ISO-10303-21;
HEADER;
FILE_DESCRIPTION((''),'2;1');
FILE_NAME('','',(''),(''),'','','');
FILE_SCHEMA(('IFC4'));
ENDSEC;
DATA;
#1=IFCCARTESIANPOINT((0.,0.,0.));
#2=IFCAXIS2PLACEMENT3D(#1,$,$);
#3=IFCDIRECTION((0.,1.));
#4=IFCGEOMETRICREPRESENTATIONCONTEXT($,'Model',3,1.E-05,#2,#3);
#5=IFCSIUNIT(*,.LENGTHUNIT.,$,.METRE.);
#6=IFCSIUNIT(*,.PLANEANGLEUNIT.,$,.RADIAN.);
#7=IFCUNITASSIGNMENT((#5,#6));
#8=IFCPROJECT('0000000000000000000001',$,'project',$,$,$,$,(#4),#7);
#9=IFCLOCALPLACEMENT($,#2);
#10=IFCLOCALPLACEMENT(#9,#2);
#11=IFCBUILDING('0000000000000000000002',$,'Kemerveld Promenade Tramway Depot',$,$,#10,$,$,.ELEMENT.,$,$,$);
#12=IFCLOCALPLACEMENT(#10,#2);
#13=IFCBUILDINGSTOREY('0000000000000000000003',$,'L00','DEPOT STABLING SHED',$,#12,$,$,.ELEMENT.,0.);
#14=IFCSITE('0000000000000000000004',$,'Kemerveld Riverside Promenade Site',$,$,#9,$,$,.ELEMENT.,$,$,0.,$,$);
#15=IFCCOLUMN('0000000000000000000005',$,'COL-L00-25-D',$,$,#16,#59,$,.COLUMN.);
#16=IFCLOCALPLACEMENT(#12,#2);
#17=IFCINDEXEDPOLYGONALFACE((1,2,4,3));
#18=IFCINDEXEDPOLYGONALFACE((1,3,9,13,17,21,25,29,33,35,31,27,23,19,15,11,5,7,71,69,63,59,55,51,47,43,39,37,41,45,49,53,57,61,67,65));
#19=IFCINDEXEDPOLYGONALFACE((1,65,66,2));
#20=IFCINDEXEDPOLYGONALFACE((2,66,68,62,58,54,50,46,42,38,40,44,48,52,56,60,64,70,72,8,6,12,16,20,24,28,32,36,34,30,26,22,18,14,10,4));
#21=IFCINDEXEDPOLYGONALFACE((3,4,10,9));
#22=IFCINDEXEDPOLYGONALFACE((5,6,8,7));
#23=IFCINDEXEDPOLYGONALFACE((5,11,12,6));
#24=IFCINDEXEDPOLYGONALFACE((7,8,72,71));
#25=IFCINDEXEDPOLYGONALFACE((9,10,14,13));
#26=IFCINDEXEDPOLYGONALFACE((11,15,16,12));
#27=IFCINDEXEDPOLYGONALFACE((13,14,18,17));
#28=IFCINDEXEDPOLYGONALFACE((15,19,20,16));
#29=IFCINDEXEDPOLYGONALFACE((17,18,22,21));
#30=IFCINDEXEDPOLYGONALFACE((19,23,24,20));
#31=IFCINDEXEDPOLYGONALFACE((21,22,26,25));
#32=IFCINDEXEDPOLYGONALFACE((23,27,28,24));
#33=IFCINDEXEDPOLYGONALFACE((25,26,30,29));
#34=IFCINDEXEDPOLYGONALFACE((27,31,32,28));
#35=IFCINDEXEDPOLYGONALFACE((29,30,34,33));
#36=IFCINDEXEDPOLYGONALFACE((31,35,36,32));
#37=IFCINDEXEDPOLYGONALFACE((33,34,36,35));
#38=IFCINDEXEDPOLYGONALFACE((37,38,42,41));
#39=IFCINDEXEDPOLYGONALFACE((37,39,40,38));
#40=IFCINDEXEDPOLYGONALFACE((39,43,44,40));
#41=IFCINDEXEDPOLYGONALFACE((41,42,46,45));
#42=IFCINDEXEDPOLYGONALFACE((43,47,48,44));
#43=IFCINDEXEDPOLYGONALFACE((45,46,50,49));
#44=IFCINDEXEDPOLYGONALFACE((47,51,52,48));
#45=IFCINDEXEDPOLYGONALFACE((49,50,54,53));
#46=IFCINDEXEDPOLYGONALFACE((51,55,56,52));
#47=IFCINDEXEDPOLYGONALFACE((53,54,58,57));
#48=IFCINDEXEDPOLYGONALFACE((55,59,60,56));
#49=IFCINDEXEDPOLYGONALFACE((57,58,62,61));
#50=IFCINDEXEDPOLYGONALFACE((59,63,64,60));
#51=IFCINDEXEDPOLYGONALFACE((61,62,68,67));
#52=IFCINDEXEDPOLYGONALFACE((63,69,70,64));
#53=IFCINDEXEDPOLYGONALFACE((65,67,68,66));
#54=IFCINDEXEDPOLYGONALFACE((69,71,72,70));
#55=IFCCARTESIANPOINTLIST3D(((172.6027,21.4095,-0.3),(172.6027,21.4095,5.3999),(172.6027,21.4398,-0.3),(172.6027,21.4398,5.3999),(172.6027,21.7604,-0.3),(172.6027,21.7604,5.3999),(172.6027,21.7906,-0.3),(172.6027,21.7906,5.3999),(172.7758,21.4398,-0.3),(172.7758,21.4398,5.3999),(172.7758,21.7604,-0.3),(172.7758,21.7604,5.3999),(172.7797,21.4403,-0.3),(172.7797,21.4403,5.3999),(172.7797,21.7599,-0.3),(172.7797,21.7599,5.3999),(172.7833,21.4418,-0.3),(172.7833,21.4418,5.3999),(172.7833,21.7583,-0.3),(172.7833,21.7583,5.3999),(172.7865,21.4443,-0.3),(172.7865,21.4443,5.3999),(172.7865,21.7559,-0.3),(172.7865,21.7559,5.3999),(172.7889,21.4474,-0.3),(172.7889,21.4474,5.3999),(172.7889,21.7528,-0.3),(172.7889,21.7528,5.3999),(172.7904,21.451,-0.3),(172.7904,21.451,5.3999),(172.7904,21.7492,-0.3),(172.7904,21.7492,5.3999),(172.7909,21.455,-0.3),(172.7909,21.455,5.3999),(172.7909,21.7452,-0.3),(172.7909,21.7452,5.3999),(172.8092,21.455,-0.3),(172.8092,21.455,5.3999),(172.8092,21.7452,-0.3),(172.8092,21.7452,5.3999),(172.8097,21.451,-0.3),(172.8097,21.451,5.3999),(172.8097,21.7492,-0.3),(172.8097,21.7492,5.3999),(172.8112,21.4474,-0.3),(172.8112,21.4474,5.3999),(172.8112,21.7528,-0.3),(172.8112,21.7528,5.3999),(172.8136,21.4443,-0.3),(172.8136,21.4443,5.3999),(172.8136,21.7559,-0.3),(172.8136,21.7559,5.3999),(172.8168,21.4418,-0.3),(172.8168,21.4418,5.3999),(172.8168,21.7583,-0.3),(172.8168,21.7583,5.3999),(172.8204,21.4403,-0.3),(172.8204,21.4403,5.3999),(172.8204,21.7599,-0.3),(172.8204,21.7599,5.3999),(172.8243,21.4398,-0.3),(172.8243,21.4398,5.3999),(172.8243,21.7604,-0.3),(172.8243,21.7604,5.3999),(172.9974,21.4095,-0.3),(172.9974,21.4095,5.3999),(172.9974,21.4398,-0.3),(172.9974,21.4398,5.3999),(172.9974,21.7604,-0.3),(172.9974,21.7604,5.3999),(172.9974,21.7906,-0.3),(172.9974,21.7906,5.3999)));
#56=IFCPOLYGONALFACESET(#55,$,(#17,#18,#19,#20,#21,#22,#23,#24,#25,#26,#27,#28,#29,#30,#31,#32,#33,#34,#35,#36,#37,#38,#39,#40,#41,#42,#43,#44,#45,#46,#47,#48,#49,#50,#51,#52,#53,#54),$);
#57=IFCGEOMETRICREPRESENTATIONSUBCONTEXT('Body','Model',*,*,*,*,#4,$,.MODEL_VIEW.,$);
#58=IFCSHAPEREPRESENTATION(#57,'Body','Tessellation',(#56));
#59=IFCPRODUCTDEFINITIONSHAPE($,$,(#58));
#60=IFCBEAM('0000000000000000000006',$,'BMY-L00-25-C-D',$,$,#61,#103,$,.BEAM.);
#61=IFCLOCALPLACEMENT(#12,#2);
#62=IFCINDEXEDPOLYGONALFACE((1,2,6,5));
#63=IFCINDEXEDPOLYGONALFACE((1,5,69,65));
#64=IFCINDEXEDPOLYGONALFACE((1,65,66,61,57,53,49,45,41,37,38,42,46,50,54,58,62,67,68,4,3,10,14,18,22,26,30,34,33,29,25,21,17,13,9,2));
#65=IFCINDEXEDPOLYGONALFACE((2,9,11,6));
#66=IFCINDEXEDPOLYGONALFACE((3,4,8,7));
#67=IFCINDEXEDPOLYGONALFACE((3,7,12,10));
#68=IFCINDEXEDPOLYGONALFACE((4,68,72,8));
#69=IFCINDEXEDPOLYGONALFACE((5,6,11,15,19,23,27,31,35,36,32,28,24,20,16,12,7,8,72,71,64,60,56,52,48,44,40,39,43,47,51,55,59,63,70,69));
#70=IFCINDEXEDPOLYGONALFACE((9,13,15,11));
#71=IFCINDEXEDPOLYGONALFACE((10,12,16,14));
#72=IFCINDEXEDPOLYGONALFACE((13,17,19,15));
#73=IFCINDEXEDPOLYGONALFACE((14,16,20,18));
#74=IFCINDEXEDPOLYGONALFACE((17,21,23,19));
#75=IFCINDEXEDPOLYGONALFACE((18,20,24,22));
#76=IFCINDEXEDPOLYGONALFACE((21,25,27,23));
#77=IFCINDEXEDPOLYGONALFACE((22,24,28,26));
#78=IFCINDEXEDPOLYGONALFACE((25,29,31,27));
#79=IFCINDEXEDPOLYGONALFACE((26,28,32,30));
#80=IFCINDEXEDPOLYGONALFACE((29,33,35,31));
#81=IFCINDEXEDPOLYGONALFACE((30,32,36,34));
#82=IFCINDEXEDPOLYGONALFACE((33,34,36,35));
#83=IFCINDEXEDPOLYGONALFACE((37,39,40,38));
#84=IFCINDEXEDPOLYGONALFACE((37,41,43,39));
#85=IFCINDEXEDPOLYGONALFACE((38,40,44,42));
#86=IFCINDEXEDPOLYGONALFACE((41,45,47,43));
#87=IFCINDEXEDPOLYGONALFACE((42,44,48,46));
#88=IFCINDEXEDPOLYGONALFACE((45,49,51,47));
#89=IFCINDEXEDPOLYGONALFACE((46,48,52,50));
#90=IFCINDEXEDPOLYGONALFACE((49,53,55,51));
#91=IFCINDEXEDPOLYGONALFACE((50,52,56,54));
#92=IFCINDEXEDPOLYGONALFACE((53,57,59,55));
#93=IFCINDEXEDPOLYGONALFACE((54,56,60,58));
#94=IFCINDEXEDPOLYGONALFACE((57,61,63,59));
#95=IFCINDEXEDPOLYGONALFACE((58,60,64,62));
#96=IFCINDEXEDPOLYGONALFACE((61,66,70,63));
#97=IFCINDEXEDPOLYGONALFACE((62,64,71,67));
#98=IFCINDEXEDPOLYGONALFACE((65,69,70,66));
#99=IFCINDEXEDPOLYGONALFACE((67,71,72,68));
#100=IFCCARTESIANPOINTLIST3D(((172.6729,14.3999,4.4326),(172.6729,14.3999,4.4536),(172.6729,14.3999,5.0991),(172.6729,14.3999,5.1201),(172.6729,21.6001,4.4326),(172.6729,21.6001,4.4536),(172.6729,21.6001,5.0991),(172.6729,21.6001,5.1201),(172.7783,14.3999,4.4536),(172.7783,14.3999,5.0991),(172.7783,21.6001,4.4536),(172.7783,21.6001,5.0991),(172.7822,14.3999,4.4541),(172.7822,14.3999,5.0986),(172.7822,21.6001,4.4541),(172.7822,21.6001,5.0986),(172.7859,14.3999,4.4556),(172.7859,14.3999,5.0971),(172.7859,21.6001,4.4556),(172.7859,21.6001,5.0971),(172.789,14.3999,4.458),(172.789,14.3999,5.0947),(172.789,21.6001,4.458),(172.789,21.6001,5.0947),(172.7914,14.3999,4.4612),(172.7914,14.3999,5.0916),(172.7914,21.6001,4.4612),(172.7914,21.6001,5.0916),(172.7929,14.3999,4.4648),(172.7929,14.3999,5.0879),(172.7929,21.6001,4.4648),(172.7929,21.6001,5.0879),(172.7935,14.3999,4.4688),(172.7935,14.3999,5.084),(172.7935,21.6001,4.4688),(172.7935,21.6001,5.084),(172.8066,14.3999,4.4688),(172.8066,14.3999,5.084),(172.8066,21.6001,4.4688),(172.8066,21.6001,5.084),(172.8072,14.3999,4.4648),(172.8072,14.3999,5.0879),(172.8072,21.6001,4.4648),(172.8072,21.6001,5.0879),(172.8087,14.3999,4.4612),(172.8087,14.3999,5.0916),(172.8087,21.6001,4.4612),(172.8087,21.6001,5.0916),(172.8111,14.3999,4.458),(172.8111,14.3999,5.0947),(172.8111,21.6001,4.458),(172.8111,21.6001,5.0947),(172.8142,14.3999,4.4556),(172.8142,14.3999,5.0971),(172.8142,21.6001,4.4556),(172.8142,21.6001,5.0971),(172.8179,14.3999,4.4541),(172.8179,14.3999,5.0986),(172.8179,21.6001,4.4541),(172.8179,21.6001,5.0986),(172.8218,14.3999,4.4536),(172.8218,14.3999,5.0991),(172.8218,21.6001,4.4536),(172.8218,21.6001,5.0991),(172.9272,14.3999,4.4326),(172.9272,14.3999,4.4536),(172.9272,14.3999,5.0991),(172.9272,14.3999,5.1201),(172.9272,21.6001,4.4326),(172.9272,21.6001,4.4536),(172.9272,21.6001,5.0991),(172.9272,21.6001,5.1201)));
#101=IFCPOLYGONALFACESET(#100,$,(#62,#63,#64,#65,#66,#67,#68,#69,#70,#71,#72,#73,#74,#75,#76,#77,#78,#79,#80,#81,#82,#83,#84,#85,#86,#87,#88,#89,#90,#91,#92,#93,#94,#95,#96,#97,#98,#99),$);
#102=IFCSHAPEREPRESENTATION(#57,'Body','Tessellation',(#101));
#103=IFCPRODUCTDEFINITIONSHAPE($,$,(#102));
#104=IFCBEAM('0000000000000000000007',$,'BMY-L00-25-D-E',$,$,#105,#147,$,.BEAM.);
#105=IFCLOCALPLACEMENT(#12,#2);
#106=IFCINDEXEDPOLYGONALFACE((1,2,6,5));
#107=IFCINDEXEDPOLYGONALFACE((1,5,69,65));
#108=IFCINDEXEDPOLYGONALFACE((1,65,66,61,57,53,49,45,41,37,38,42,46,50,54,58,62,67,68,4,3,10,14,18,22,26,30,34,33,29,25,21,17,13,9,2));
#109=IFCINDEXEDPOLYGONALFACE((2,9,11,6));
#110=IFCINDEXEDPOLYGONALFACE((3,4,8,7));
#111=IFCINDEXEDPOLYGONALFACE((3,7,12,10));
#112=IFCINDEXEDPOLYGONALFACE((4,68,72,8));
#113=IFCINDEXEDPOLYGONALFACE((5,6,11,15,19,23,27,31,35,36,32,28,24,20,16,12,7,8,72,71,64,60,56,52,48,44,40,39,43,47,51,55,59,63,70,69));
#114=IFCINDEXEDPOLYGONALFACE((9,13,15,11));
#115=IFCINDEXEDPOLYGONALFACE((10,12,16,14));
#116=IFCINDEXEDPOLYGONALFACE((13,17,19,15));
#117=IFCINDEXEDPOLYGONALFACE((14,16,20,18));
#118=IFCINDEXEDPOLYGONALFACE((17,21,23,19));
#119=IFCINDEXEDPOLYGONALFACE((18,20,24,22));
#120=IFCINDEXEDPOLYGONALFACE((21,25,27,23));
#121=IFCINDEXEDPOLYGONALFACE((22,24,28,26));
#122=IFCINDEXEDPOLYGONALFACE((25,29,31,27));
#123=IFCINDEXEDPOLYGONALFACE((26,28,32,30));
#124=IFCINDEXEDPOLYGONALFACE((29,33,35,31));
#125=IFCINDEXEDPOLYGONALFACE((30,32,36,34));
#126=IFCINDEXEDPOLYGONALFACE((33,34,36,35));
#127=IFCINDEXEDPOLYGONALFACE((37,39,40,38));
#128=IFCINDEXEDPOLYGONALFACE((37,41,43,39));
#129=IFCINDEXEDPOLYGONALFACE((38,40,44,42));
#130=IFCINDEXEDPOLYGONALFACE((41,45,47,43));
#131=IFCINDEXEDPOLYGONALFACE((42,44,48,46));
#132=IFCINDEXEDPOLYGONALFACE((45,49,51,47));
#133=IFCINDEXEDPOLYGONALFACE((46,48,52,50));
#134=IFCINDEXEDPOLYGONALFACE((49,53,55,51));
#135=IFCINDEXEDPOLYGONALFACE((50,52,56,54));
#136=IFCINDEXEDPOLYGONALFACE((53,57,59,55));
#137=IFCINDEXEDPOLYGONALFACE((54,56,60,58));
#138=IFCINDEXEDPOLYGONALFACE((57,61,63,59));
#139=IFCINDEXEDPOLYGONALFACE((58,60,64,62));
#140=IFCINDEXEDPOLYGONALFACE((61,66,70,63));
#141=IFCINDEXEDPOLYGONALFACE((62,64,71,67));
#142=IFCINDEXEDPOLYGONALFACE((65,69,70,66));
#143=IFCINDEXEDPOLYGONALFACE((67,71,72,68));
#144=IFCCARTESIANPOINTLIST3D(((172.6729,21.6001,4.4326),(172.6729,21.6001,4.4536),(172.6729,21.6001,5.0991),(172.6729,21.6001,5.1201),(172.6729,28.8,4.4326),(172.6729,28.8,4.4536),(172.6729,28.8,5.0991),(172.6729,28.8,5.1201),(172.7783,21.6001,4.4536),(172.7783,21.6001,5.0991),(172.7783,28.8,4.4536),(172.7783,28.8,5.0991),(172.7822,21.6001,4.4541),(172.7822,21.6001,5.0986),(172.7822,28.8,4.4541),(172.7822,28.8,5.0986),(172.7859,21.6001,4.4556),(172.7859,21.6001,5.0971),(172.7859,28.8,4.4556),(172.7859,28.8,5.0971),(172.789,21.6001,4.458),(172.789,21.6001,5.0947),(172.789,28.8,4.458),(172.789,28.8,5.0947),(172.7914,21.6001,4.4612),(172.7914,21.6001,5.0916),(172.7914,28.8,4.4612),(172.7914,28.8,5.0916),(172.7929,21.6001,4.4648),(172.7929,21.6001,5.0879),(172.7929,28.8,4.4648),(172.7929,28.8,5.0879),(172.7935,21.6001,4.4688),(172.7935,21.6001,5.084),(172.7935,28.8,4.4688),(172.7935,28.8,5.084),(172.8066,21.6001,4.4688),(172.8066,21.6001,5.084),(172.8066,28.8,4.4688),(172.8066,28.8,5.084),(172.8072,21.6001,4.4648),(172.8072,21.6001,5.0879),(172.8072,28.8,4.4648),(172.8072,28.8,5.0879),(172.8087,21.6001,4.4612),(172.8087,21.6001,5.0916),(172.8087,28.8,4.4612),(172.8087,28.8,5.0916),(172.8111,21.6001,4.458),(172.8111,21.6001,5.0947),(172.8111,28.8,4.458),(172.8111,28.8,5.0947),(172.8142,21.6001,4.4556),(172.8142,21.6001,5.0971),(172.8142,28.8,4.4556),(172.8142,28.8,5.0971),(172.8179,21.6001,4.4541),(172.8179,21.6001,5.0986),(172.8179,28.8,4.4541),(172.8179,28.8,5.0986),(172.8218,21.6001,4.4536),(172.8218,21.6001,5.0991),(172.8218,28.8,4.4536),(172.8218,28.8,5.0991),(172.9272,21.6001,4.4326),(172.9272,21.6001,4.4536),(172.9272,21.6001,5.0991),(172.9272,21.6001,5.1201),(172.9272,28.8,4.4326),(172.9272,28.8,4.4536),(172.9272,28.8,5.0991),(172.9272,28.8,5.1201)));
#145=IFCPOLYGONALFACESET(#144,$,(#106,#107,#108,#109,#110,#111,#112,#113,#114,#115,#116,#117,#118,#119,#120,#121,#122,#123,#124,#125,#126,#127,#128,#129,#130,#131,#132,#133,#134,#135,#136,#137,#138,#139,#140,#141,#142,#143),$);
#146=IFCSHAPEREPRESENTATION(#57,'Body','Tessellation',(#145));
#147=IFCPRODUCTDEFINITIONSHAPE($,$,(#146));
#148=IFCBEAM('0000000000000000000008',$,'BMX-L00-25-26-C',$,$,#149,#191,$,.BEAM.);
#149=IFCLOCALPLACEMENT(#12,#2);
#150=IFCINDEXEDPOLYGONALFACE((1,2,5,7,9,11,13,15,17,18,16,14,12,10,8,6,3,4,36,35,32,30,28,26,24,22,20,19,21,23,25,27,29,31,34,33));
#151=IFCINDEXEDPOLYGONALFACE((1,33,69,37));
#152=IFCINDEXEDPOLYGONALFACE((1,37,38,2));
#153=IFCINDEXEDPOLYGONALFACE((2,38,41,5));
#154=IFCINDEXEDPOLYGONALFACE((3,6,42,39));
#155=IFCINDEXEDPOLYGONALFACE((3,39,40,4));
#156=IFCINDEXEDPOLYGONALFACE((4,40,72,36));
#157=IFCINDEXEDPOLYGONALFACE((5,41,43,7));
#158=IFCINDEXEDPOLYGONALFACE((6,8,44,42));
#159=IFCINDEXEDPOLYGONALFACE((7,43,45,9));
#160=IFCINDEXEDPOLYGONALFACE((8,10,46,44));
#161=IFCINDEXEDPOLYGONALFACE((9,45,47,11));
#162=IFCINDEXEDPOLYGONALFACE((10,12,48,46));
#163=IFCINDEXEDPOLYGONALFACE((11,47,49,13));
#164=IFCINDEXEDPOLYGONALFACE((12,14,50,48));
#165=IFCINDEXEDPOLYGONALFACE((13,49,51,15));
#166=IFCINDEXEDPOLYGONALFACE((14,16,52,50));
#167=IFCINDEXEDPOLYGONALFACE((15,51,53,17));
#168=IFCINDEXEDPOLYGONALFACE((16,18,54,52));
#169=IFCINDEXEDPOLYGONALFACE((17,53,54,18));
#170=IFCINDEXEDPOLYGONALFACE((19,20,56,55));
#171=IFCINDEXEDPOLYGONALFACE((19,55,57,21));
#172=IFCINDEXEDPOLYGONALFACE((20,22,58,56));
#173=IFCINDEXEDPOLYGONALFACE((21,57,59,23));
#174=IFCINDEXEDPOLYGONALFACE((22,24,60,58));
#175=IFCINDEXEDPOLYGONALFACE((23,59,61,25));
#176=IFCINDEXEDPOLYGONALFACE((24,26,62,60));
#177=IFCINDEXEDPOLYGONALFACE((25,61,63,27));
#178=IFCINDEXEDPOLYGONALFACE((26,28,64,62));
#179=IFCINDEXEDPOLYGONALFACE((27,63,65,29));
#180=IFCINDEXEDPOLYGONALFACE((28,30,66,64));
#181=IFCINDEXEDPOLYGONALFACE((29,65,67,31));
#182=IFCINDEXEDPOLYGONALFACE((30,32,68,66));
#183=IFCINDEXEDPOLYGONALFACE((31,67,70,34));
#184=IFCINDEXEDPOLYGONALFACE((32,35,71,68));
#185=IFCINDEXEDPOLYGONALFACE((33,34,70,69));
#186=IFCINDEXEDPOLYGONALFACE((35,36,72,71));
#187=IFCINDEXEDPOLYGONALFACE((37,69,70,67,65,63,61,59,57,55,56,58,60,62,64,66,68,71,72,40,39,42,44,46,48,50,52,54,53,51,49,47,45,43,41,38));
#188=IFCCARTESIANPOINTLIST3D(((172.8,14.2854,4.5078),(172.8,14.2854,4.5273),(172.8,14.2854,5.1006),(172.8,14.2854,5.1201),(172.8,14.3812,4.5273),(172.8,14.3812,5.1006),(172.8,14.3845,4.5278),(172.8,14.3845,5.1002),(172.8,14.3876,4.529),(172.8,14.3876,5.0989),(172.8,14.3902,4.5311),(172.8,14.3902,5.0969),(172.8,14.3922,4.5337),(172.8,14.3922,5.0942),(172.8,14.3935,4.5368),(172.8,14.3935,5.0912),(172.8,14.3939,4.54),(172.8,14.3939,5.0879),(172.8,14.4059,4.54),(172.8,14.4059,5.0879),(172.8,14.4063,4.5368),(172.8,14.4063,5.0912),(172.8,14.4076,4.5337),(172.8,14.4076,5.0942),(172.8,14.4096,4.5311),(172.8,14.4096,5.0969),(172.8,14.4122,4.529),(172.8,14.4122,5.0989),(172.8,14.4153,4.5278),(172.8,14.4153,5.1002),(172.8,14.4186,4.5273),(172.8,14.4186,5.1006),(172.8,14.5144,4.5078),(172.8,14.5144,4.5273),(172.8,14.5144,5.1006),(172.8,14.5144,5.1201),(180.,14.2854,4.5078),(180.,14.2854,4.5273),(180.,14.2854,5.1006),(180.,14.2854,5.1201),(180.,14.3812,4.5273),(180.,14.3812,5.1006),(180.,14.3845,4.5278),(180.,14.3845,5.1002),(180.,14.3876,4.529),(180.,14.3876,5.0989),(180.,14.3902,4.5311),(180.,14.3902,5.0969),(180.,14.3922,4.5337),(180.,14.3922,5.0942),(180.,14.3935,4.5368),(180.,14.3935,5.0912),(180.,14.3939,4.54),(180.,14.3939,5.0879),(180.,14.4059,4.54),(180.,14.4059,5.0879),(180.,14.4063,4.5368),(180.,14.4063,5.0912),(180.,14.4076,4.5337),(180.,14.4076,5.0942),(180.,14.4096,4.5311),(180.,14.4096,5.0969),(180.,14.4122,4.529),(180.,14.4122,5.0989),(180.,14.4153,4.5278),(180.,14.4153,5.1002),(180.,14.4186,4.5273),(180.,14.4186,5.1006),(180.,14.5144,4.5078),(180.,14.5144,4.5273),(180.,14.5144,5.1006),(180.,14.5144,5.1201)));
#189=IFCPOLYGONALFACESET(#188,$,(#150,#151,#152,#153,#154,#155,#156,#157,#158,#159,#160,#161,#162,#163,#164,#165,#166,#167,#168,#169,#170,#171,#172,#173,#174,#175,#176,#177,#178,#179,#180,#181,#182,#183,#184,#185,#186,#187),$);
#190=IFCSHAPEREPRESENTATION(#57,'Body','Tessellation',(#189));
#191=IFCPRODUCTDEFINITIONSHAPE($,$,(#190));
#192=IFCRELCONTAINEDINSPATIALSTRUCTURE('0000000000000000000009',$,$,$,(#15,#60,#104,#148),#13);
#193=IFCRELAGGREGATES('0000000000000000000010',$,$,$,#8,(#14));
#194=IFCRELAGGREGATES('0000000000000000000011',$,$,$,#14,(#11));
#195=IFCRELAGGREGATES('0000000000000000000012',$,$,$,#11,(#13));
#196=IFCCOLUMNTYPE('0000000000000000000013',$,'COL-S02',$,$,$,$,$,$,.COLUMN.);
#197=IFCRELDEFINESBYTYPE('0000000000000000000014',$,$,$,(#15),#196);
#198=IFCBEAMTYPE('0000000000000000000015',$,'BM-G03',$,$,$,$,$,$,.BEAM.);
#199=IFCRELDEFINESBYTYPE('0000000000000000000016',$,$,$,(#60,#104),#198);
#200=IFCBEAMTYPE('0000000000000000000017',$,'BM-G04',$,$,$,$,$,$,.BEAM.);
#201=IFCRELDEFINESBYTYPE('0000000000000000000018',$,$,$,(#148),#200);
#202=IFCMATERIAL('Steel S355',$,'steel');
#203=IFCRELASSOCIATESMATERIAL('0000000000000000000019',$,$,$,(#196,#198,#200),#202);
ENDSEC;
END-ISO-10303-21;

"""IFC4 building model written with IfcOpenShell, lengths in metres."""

from ifc_helpers import new_model, si_unit, direction, frame, origin, origin_2d, place, context, subcontext, project, spatial, i_section, extrude, material, material_profile, profile_set, type_object, element, save


model = new_model("IFC4")

# Units and contexts
model_context = context("Model", 3, precision=1e-05, world=origin(), true_north=direction((0.0, 1.0)))
body_context = subcontext(model_context, "Body", "Model", "MODEL_VIEW")
ifc_project = project(units=[si_unit("LENGTHUNIT", "METRE"), si_unit("PLANEANGLEUNIT", "RADIAN")], contexts=[model_context])

# Site, building, storey
site_placement = place(None, origin())
site = spatial("IfcSite", under=ifc_project, at=site_placement, Name="Kemerveld Riverside Promenade Site", CompositionType="ELEMENT", RefElevation=0.0)
building_placement = place(site_placement, origin())
building = spatial("IfcBuilding", under=site, at=building_placement, Name="Kemerveld Promenade Tramway Depot", CompositionType="ELEMENT")
storey_placement = place(building_placement, origin())
storey = spatial("IfcBuildingStorey", under=building, at=storey_placement, Name="L00", Description="DEPOT STABLING SHED", CompositionType="ELEMENT", Elevation=0.0)

# Column
ifc_material_1 = material(Name="Steel S355", Category="steel")
ifc_material_profile_1 = material_profile(ifc_material_1, i_section(OverallWidth=0.3948, OverallDepth=0.3811, WebThickness=0.0183, FlangeThickness=0.0303, FilletRadius=0.0151, at=origin_2d()), Name="356x406x235 UC")
ifc_profile_set_1 = profile_set([ifc_material_profile_1], Name="Steel S355")
column_type = type_object("IfcColumnType", Name="COL-S02", PredefinedType="COLUMN", material=ifc_profile_set_1)
for number, where, z_axis, x_axis, name in (
    (1, (172.8, 21.6001, -0.3), (0.0, 0.0, 1.0), (1.0, 0.0, 0.0), "COL-L00-25-D"),
):
    element("IfcColumn", number, at=place(storey_placement, frame(where, z_axis=z_axis, x_axis=x_axis)), inside=storey, type_object=column_type, Name=name, PredefinedType="COLUMN", context=body_context, shape_type="SweptSolid", body=[
        extrude(i_section(OverallWidth=0.3948, OverallDepth=0.3811, WebThickness=0.0183, FlangeThickness=0.0303, FilletRadius=0.0151, at=origin_2d()), origin(), (0.0, 0.0, 1.0), 5.7),
    ])

# Beams
ifc_material_profile_2 = material_profile(ifc_material_1, i_section(OverallWidth=0.2544, OverallDepth=0.6875, WebThickness=0.0132, FlangeThickness=0.021, FilletRadius=0.0151, at=origin_2d()), Name="686x254x152 UB")
ifc_profile_set_2 = profile_set([ifc_material_profile_2], Name="Steel S355")
beam_type_1 = type_object("IfcBeamType", Name="BM-G03", PredefinedType="BEAM", material=ifc_profile_set_2)
beam_1_placement = place(storey_placement, frame((172.8, 14.3999, 4.7764), z_axis=(0.0, 1.0, 0.0), x_axis=(-1.0, 0.0, 0.0)))
element("IfcBeam", 2, at=beam_1_placement, inside=storey, type_object=beam_type_1, Name="BMY-L00-25-C-D", PredefinedType="BEAM", context=body_context, shape_type="SweptSolid", body=[
    extrude(i_section(OverallWidth=0.2544, OverallDepth=0.6875, WebThickness=0.0132, FlangeThickness=0.021, FilletRadius=0.0151, at=origin_2d()), origin(), (0.0, 0.0, 1.0), 7.2002),
])
beam_2_placement = place(storey_placement, frame((172.8, 21.6001, 4.7764), z_axis=(0.0, 1.0, 0.0), x_axis=(-1.0, 0.0, 0.0)))
element("IfcBeam", 3, at=beam_2_placement, inside=storey, type_object=beam_type_1, Name="BMY-L00-25-D-E", PredefinedType="BEAM", context=body_context, shape_type="SweptSolid", body=[
    extrude(i_section(OverallWidth=0.2544, OverallDepth=0.6875, WebThickness=0.0132, FlangeThickness=0.021, FilletRadius=0.0151, at=origin_2d()), origin(), (0.0, 0.0, 1.0), 7.2),
])
ifc_material_profile_3 = material_profile(ifc_material_1, i_section(OverallWidth=0.229, OverallDepth=0.6123, WebThickness=0.012, FlangeThickness=0.0195, FilletRadius=0.0127, at=origin_2d()), Name="610x229x125 UB")
ifc_profile_set_3 = profile_set([ifc_material_profile_3], Name="Steel S355")
beam_type_2 = type_object("IfcBeamType", Name="BM-G04", PredefinedType="BEAM", material=ifc_profile_set_3)
for number, where, z_axis, x_axis, name in (
    (4, (172.8, 14.3999, 4.814), (1.0, 0.0, 0.0), (0.0, 1.0, 0.0), "BMX-L00-25-26-C"),
):
    element("IfcBeam", number, at=place(storey_placement, frame(where, z_axis=z_axis, x_axis=x_axis)), inside=storey, type_object=beam_type_2, Name=name, PredefinedType="BEAM", context=body_context, shape_type="SweptSolid", body=[
        extrude(i_section(OverallWidth=0.229, OverallDepth=0.6123, WebThickness=0.012, FlangeThickness=0.0195, FilletRadius=0.0127, at=origin_2d()), origin(), (0.0, 0.0, 1.0), 7.2),
    ])

save(model, "model.ifc")
